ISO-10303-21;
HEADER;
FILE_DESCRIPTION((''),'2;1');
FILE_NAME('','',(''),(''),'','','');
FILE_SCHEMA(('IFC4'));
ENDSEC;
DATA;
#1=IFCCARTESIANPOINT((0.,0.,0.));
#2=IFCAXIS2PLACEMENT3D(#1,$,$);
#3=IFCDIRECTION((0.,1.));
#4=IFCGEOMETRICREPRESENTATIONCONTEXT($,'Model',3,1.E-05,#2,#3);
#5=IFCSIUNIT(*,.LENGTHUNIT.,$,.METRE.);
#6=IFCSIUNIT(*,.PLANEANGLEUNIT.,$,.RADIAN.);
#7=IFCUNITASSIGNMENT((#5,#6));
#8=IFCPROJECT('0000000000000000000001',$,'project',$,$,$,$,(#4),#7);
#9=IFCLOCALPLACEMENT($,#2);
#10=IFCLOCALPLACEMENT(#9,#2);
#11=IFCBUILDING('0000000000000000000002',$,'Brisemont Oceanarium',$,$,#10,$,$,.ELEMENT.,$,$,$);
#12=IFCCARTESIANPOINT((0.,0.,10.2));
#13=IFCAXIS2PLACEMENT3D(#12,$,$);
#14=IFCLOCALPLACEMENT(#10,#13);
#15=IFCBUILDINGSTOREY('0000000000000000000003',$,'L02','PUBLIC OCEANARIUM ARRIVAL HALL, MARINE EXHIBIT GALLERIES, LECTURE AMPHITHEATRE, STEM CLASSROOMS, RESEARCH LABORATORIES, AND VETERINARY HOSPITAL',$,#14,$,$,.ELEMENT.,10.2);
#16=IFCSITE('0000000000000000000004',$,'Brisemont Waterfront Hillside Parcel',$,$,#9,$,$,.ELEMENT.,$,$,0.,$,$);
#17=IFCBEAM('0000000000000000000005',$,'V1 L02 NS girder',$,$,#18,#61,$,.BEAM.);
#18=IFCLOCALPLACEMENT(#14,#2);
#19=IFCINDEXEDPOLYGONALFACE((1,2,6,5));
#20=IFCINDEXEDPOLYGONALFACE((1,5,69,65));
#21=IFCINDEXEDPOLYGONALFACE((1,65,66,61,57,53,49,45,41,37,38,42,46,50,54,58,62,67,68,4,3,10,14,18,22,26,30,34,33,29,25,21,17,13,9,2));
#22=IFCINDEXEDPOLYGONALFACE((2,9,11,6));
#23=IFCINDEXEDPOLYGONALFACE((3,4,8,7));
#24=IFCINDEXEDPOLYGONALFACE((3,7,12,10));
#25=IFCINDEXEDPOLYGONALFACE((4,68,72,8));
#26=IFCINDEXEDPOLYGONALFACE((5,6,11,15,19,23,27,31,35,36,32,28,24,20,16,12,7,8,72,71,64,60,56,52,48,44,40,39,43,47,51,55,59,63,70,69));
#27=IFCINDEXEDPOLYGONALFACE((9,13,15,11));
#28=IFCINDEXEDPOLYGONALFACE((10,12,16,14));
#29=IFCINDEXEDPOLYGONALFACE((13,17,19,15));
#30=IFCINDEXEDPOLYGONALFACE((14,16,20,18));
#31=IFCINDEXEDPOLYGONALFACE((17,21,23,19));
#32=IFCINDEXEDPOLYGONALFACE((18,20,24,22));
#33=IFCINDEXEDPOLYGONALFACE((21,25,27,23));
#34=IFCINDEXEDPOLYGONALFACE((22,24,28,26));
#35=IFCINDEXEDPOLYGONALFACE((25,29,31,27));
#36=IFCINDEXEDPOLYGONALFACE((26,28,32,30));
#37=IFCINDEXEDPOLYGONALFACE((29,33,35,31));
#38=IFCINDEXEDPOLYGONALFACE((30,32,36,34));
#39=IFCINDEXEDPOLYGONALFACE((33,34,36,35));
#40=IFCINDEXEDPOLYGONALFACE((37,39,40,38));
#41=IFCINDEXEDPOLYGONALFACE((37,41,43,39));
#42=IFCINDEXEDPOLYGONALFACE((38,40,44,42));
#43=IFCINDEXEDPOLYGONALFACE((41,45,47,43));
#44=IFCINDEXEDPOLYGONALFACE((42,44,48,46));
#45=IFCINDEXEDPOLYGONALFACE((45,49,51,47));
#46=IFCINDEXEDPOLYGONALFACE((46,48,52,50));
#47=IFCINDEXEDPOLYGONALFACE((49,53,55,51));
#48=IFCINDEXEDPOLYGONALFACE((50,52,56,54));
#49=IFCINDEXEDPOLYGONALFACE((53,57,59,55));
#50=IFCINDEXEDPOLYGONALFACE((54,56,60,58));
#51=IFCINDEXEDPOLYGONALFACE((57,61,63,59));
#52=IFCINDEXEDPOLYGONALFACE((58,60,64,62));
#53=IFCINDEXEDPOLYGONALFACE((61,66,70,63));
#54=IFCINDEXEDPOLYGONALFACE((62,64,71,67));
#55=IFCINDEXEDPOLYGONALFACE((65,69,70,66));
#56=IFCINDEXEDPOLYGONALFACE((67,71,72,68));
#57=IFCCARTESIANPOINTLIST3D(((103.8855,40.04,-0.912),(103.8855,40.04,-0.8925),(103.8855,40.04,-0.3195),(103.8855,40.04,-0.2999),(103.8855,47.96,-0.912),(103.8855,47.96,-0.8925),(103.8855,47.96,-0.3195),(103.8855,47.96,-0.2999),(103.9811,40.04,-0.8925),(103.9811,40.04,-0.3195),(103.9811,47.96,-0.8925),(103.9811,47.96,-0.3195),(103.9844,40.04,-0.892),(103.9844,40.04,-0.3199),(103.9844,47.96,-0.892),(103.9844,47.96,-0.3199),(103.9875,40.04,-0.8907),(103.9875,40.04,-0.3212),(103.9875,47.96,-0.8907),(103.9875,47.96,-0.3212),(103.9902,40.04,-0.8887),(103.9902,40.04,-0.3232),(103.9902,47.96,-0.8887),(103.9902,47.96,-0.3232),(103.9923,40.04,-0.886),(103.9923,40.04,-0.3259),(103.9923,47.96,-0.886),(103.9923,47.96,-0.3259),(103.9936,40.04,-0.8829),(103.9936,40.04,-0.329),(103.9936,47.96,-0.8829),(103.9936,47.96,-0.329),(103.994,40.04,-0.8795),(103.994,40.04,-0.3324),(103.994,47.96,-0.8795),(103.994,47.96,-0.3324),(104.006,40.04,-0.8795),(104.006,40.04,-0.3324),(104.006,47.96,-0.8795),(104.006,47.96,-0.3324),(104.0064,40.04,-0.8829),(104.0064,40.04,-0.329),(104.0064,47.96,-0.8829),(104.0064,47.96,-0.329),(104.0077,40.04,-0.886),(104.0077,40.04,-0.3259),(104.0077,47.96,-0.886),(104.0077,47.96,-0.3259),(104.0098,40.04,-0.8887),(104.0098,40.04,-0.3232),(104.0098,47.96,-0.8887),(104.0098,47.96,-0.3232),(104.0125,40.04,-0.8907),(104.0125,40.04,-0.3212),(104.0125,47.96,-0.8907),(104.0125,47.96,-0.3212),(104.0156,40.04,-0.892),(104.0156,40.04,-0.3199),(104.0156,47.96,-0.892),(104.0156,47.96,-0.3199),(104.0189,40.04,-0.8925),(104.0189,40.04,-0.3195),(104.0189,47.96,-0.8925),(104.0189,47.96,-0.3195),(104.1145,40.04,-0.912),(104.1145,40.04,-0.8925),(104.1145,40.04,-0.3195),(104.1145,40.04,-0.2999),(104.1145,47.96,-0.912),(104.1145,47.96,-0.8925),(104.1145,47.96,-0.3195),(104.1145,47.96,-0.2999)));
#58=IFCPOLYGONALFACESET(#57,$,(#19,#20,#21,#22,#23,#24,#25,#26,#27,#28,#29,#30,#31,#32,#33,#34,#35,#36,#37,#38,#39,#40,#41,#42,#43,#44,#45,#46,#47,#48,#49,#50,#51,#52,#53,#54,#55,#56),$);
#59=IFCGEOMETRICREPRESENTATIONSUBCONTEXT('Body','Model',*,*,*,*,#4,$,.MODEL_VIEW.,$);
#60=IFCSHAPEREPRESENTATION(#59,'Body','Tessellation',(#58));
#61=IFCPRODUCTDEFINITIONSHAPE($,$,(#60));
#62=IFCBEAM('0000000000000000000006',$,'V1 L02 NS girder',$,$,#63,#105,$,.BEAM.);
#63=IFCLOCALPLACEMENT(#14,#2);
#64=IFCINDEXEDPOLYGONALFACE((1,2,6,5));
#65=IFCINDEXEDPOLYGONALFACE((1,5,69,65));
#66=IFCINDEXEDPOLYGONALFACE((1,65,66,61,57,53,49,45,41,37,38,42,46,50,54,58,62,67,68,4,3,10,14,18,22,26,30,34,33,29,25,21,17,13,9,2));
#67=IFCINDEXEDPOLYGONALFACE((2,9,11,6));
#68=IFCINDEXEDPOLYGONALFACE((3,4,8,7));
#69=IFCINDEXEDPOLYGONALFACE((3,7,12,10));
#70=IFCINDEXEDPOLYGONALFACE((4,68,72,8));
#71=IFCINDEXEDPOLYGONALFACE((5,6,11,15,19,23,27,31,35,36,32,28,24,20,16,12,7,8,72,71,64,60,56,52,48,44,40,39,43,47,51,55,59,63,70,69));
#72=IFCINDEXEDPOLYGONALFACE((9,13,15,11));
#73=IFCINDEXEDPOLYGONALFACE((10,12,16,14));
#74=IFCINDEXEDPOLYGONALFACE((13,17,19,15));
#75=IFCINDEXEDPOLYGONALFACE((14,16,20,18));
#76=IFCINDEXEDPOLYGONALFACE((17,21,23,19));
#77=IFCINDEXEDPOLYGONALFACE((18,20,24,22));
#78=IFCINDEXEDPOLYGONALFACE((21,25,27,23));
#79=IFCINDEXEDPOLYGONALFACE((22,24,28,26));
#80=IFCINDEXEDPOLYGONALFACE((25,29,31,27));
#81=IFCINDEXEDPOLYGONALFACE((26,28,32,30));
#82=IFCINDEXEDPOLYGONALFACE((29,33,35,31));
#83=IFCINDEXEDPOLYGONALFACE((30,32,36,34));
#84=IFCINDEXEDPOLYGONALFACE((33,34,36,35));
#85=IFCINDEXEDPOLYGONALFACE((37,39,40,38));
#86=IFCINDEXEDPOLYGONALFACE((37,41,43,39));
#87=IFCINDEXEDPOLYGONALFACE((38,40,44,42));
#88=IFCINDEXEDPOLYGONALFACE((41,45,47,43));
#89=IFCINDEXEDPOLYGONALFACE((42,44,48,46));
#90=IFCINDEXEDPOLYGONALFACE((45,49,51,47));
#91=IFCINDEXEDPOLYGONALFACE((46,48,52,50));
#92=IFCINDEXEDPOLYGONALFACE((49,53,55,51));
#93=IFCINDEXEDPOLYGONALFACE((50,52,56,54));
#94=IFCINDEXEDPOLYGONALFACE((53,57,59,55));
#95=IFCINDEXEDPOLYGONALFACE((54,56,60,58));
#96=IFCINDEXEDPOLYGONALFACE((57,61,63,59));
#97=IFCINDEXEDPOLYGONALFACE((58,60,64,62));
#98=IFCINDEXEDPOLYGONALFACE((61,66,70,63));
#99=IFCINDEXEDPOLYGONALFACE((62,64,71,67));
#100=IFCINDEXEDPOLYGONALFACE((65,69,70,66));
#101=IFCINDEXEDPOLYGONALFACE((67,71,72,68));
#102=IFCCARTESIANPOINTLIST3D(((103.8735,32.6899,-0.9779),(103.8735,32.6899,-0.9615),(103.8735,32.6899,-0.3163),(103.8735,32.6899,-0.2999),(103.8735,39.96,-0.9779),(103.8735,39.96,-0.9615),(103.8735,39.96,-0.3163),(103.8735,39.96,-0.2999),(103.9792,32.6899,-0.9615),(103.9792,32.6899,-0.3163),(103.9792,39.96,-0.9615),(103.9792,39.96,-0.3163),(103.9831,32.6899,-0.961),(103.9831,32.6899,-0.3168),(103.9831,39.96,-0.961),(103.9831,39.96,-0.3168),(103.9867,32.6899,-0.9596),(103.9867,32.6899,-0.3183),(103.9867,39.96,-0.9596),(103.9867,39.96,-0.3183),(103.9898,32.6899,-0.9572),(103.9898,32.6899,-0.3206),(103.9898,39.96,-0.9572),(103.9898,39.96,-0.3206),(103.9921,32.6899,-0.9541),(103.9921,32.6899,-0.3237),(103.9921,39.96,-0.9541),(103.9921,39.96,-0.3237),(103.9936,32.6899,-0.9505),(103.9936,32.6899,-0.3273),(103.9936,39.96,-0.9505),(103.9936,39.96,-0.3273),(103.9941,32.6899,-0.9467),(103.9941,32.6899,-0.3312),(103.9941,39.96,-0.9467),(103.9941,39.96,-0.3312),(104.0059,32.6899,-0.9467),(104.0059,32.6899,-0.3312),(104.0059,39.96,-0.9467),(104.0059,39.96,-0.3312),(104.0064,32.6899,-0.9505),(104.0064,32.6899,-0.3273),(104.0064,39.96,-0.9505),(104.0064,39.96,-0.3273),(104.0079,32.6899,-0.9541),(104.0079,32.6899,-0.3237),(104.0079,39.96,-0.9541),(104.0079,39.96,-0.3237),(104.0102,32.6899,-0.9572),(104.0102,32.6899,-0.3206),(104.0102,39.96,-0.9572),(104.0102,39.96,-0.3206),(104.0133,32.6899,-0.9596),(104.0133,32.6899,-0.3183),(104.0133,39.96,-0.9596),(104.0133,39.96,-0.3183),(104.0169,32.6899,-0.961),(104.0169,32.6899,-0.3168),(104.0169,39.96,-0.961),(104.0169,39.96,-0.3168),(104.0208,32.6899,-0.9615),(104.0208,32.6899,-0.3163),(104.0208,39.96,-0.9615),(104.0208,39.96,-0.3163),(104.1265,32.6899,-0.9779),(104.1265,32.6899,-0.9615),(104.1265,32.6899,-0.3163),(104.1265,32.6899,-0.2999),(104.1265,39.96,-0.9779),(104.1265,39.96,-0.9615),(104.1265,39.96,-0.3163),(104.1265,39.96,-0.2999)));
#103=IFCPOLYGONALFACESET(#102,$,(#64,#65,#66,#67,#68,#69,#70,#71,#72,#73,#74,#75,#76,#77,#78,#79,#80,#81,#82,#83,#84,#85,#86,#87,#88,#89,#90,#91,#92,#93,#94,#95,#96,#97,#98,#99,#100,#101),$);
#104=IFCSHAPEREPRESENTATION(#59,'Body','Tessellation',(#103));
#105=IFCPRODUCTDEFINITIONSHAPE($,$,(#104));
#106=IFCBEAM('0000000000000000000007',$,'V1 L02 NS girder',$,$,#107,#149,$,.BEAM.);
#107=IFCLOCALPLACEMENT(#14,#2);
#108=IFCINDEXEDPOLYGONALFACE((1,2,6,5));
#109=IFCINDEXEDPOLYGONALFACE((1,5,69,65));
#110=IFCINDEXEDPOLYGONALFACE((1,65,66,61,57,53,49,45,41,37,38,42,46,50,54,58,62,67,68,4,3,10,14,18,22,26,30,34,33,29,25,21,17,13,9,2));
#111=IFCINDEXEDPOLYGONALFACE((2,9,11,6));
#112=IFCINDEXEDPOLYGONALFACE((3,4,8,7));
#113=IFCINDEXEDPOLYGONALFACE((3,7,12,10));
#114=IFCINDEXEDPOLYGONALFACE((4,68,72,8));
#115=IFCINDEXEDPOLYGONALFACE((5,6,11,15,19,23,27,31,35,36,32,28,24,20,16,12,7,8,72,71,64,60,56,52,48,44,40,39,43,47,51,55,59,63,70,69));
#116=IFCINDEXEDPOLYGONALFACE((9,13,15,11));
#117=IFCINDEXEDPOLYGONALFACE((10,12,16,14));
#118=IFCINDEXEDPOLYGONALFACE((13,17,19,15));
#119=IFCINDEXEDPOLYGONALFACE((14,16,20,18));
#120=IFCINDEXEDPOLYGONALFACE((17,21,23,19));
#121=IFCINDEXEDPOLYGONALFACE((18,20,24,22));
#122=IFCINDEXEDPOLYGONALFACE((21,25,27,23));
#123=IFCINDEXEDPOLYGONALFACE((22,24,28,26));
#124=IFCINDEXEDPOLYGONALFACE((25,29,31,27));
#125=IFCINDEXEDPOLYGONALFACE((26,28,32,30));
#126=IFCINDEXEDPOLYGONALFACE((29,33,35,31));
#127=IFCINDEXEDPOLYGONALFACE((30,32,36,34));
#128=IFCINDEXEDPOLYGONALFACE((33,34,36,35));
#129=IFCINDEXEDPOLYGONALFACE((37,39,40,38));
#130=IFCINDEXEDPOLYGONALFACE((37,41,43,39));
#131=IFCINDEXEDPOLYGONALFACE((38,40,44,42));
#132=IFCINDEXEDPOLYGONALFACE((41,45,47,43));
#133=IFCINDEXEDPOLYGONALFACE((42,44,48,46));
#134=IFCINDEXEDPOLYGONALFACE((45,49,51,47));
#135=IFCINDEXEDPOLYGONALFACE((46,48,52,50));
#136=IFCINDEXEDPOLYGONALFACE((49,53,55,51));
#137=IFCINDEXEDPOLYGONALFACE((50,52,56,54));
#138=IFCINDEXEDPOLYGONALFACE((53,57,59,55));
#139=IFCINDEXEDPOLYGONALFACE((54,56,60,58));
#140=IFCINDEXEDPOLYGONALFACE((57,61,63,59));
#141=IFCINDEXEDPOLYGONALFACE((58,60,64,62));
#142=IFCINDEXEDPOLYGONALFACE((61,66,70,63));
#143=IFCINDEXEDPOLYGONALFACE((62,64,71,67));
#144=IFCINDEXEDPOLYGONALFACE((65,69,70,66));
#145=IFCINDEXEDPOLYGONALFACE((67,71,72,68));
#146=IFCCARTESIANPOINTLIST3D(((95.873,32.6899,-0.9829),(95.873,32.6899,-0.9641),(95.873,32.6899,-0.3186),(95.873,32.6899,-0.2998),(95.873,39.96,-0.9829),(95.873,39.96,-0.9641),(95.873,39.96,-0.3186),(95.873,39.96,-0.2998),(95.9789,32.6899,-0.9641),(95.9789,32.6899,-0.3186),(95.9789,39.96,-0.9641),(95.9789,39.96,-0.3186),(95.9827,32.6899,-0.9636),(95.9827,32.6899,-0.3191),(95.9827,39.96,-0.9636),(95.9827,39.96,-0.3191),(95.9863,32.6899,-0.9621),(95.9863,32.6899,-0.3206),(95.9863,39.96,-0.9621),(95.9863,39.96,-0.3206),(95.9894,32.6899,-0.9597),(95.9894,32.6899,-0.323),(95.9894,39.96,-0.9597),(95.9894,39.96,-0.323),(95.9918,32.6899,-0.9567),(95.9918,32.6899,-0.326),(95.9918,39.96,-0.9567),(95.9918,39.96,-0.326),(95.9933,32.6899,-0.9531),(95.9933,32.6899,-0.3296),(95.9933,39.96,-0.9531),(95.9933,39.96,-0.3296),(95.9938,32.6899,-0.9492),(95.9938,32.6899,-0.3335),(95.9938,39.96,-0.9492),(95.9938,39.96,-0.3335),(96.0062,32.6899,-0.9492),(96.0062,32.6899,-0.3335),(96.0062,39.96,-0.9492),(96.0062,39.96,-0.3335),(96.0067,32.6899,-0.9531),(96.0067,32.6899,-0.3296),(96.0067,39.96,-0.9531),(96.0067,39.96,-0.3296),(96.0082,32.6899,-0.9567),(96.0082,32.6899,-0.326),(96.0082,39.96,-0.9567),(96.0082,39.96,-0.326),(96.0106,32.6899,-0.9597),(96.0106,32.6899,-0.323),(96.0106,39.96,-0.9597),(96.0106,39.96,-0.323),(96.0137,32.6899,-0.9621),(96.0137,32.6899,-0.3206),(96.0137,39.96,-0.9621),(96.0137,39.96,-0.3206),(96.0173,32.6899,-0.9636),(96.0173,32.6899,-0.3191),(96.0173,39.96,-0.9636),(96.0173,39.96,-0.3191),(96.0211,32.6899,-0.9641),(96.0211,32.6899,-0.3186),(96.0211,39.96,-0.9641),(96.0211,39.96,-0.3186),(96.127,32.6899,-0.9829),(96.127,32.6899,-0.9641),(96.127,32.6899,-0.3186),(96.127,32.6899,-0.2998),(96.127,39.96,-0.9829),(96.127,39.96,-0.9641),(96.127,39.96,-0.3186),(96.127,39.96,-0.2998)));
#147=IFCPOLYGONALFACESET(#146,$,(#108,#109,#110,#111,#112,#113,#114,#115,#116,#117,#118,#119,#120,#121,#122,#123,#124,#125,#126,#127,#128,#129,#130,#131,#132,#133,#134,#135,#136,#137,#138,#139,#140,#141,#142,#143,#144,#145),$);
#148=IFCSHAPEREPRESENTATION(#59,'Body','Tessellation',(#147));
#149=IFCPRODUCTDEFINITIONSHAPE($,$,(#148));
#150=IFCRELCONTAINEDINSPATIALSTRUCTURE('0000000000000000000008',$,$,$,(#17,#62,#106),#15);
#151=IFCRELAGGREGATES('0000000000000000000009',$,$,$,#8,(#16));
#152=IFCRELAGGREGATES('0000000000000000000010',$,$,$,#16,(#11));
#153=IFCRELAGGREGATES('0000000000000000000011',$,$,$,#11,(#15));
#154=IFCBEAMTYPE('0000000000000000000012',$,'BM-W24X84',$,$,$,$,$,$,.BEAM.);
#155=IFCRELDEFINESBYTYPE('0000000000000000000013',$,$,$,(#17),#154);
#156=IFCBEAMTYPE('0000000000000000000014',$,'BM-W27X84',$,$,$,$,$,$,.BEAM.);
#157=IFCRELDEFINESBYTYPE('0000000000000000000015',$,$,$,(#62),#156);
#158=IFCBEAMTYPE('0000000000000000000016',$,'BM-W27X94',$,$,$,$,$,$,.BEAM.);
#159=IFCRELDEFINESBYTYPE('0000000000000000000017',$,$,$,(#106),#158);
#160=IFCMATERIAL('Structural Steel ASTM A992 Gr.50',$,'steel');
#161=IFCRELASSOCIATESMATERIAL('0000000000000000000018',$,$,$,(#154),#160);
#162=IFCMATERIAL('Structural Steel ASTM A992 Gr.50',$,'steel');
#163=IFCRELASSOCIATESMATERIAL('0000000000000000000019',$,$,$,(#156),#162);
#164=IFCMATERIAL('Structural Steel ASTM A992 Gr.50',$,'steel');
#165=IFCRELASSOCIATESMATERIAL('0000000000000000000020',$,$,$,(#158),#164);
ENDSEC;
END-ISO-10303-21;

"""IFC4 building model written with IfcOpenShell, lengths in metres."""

from ifc_helpers import new_model, si_unit, direction, frame, origin, origin_2d, place, context, subcontext, project, spatial, i_section, extrude, material, material_profile, profile_set, type_object, element, save


model = new_model("IFC4")

# Units and contexts
model_context = context("Model", 3, precision=1e-05, world=origin(), true_north=direction((0.0, 1.0)))
body_context = subcontext(model_context, "Body", "Model", "MODEL_VIEW")
ifc_project = project(units=[si_unit("LENGTHUNIT", "METRE"), si_unit("PLANEANGLEUNIT", "RADIAN")], contexts=[model_context])

# Site, building, storey
site_placement = place(None, origin())
site = spatial("IfcSite", under=ifc_project, at=site_placement, Name="Brisemont Waterfront Hillside Parcel", CompositionType="ELEMENT", RefElevation=0.0)
building_placement = place(site_placement, origin())
building = spatial("IfcBuilding", under=site, at=building_placement, Name="Brisemont Oceanarium", CompositionType="ELEMENT")
storey_placement = place(building_placement, frame((0.0, 0.0, 10.2)))
storey = spatial("IfcBuildingStorey", under=building, at=storey_placement, Name="L02", Description="PUBLIC OCEANARIUM ARRIVAL HALL, MARINE EXHIBIT GALLERIES, LECTURE AMPHITHEATRE, STEM CLASSROOMS, RESEARCH LABORATORIES, AND VETERINARY HOSPITAL", CompositionType="ELEMENT", Elevation=10.2)

# Beams
ifc_material_1 = material(Name="Structural Steel ASTM A992 Gr.50", Category="steel")
ifc_material_profile_1 = material_profile(ifc_material_1, i_section(OverallWidth=0.229, OverallDepth=0.6121, WebThickness=0.012, FlangeThickness=0.0195, FilletRadius=0.0129, at=origin_2d()), Name="W24X84")
ifc_profile_set_1 = profile_set([ifc_material_profile_1], Name="Structural Steel ASTM A992 Gr.50")
beam_type_1 = type_object("IfcBeamType", Name="BM-W24X84", PredefinedType="BEAM", material=ifc_profile_set_1)
beam_1_placement = place(storey_placement, frame((104.0, 40.04, -0.606), z_axis=(0.0, 1.0, 0.0), x_axis=(-1.0, 0.0, 0.0)))
element("IfcBeam", 1, at=beam_1_placement, inside=storey, type_object=beam_type_1, Name="V1 L02 NS girder", PredefinedType="BEAM", context=body_context, shape_type="SweptSolid", body=[
    extrude(i_section(OverallWidth=0.229, OverallDepth=0.6121, WebThickness=0.012, FlangeThickness=0.0195, FilletRadius=0.0129, at=origin_2d()), origin(), (0.0, 0.0, 1.0), 7.9199),
])
ifc_material_2 = material(Name="Structural Steel ASTM A992 Gr.50", Category="steel")
ifc_material_profile_2 = material_profile(ifc_material_2, i_section(OverallWidth=0.2529, OverallDepth=0.678, WebThickness=0.0117, FlangeThickness=0.0164, FilletRadius=0.0149, at=origin_2d()), Name="W27X84")
ifc_profile_set_2 = profile_set([ifc_material_profile_2], Name="Structural Steel ASTM A992 Gr.50")
beam_type_2 = type_object("IfcBeamType", Name="BM-W27X84", PredefinedType="BEAM", material=ifc_profile_set_2)
beam_2_placement = place(storey_placement, frame((104.0, 32.6899, -0.6389), z_axis=(0.0, 1.0, 0.0), x_axis=(-1.0, 0.0, 0.0)))
element("IfcBeam", 2, at=beam_2_placement, inside=storey, type_object=beam_type_2, Name="V1 L02 NS girder", PredefinedType="BEAM", context=body_context, shape_type="SweptSolid", body=[
    extrude(i_section(OverallWidth=0.2529, OverallDepth=0.678, WebThickness=0.0117, FlangeThickness=0.0164, FilletRadius=0.0149, at=origin_2d()), origin(), (0.0, 0.0, 1.0), 7.27),
])
ifc_material_3 = material(Name="Structural Steel ASTM A992 Gr.50", Category="steel")
ifc_material_profile_3 = material_profile(ifc_material_3, i_section(OverallWidth=0.2539, OverallDepth=0.6831, WebThickness=0.0125, FlangeThickness=0.0188, FilletRadius=0.0149, at=origin_2d()), Name="W27X94")
ifc_profile_set_3 = profile_set([ifc_material_profile_3], Name="Structural Steel ASTM A992 Gr.50")
beam_type_3 = type_object("IfcBeamType", Name="BM-W27X94", PredefinedType="BEAM", material=ifc_profile_set_3)
beam_3_placement = place(storey_placement, frame((96.0, 32.6899, -0.6414), z_axis=(0.0, 1.0, 0.0), x_axis=(-1.0, 0.0, 0.0)))
element("IfcBeam", 3, at=beam_3_placement, inside=storey, type_object=beam_type_3, Name="V1 L02 NS girder", PredefinedType="BEAM", context=body_context, shape_type="SweptSolid", body=[
    extrude(i_section(OverallWidth=0.2539, OverallDepth=0.6831, WebThickness=0.0125, FlangeThickness=0.0188, FilletRadius=0.0149, at=origin_2d()), origin(), (0.0, 0.0, 1.0), 7.27),
])

save(model, "model.ifc")
